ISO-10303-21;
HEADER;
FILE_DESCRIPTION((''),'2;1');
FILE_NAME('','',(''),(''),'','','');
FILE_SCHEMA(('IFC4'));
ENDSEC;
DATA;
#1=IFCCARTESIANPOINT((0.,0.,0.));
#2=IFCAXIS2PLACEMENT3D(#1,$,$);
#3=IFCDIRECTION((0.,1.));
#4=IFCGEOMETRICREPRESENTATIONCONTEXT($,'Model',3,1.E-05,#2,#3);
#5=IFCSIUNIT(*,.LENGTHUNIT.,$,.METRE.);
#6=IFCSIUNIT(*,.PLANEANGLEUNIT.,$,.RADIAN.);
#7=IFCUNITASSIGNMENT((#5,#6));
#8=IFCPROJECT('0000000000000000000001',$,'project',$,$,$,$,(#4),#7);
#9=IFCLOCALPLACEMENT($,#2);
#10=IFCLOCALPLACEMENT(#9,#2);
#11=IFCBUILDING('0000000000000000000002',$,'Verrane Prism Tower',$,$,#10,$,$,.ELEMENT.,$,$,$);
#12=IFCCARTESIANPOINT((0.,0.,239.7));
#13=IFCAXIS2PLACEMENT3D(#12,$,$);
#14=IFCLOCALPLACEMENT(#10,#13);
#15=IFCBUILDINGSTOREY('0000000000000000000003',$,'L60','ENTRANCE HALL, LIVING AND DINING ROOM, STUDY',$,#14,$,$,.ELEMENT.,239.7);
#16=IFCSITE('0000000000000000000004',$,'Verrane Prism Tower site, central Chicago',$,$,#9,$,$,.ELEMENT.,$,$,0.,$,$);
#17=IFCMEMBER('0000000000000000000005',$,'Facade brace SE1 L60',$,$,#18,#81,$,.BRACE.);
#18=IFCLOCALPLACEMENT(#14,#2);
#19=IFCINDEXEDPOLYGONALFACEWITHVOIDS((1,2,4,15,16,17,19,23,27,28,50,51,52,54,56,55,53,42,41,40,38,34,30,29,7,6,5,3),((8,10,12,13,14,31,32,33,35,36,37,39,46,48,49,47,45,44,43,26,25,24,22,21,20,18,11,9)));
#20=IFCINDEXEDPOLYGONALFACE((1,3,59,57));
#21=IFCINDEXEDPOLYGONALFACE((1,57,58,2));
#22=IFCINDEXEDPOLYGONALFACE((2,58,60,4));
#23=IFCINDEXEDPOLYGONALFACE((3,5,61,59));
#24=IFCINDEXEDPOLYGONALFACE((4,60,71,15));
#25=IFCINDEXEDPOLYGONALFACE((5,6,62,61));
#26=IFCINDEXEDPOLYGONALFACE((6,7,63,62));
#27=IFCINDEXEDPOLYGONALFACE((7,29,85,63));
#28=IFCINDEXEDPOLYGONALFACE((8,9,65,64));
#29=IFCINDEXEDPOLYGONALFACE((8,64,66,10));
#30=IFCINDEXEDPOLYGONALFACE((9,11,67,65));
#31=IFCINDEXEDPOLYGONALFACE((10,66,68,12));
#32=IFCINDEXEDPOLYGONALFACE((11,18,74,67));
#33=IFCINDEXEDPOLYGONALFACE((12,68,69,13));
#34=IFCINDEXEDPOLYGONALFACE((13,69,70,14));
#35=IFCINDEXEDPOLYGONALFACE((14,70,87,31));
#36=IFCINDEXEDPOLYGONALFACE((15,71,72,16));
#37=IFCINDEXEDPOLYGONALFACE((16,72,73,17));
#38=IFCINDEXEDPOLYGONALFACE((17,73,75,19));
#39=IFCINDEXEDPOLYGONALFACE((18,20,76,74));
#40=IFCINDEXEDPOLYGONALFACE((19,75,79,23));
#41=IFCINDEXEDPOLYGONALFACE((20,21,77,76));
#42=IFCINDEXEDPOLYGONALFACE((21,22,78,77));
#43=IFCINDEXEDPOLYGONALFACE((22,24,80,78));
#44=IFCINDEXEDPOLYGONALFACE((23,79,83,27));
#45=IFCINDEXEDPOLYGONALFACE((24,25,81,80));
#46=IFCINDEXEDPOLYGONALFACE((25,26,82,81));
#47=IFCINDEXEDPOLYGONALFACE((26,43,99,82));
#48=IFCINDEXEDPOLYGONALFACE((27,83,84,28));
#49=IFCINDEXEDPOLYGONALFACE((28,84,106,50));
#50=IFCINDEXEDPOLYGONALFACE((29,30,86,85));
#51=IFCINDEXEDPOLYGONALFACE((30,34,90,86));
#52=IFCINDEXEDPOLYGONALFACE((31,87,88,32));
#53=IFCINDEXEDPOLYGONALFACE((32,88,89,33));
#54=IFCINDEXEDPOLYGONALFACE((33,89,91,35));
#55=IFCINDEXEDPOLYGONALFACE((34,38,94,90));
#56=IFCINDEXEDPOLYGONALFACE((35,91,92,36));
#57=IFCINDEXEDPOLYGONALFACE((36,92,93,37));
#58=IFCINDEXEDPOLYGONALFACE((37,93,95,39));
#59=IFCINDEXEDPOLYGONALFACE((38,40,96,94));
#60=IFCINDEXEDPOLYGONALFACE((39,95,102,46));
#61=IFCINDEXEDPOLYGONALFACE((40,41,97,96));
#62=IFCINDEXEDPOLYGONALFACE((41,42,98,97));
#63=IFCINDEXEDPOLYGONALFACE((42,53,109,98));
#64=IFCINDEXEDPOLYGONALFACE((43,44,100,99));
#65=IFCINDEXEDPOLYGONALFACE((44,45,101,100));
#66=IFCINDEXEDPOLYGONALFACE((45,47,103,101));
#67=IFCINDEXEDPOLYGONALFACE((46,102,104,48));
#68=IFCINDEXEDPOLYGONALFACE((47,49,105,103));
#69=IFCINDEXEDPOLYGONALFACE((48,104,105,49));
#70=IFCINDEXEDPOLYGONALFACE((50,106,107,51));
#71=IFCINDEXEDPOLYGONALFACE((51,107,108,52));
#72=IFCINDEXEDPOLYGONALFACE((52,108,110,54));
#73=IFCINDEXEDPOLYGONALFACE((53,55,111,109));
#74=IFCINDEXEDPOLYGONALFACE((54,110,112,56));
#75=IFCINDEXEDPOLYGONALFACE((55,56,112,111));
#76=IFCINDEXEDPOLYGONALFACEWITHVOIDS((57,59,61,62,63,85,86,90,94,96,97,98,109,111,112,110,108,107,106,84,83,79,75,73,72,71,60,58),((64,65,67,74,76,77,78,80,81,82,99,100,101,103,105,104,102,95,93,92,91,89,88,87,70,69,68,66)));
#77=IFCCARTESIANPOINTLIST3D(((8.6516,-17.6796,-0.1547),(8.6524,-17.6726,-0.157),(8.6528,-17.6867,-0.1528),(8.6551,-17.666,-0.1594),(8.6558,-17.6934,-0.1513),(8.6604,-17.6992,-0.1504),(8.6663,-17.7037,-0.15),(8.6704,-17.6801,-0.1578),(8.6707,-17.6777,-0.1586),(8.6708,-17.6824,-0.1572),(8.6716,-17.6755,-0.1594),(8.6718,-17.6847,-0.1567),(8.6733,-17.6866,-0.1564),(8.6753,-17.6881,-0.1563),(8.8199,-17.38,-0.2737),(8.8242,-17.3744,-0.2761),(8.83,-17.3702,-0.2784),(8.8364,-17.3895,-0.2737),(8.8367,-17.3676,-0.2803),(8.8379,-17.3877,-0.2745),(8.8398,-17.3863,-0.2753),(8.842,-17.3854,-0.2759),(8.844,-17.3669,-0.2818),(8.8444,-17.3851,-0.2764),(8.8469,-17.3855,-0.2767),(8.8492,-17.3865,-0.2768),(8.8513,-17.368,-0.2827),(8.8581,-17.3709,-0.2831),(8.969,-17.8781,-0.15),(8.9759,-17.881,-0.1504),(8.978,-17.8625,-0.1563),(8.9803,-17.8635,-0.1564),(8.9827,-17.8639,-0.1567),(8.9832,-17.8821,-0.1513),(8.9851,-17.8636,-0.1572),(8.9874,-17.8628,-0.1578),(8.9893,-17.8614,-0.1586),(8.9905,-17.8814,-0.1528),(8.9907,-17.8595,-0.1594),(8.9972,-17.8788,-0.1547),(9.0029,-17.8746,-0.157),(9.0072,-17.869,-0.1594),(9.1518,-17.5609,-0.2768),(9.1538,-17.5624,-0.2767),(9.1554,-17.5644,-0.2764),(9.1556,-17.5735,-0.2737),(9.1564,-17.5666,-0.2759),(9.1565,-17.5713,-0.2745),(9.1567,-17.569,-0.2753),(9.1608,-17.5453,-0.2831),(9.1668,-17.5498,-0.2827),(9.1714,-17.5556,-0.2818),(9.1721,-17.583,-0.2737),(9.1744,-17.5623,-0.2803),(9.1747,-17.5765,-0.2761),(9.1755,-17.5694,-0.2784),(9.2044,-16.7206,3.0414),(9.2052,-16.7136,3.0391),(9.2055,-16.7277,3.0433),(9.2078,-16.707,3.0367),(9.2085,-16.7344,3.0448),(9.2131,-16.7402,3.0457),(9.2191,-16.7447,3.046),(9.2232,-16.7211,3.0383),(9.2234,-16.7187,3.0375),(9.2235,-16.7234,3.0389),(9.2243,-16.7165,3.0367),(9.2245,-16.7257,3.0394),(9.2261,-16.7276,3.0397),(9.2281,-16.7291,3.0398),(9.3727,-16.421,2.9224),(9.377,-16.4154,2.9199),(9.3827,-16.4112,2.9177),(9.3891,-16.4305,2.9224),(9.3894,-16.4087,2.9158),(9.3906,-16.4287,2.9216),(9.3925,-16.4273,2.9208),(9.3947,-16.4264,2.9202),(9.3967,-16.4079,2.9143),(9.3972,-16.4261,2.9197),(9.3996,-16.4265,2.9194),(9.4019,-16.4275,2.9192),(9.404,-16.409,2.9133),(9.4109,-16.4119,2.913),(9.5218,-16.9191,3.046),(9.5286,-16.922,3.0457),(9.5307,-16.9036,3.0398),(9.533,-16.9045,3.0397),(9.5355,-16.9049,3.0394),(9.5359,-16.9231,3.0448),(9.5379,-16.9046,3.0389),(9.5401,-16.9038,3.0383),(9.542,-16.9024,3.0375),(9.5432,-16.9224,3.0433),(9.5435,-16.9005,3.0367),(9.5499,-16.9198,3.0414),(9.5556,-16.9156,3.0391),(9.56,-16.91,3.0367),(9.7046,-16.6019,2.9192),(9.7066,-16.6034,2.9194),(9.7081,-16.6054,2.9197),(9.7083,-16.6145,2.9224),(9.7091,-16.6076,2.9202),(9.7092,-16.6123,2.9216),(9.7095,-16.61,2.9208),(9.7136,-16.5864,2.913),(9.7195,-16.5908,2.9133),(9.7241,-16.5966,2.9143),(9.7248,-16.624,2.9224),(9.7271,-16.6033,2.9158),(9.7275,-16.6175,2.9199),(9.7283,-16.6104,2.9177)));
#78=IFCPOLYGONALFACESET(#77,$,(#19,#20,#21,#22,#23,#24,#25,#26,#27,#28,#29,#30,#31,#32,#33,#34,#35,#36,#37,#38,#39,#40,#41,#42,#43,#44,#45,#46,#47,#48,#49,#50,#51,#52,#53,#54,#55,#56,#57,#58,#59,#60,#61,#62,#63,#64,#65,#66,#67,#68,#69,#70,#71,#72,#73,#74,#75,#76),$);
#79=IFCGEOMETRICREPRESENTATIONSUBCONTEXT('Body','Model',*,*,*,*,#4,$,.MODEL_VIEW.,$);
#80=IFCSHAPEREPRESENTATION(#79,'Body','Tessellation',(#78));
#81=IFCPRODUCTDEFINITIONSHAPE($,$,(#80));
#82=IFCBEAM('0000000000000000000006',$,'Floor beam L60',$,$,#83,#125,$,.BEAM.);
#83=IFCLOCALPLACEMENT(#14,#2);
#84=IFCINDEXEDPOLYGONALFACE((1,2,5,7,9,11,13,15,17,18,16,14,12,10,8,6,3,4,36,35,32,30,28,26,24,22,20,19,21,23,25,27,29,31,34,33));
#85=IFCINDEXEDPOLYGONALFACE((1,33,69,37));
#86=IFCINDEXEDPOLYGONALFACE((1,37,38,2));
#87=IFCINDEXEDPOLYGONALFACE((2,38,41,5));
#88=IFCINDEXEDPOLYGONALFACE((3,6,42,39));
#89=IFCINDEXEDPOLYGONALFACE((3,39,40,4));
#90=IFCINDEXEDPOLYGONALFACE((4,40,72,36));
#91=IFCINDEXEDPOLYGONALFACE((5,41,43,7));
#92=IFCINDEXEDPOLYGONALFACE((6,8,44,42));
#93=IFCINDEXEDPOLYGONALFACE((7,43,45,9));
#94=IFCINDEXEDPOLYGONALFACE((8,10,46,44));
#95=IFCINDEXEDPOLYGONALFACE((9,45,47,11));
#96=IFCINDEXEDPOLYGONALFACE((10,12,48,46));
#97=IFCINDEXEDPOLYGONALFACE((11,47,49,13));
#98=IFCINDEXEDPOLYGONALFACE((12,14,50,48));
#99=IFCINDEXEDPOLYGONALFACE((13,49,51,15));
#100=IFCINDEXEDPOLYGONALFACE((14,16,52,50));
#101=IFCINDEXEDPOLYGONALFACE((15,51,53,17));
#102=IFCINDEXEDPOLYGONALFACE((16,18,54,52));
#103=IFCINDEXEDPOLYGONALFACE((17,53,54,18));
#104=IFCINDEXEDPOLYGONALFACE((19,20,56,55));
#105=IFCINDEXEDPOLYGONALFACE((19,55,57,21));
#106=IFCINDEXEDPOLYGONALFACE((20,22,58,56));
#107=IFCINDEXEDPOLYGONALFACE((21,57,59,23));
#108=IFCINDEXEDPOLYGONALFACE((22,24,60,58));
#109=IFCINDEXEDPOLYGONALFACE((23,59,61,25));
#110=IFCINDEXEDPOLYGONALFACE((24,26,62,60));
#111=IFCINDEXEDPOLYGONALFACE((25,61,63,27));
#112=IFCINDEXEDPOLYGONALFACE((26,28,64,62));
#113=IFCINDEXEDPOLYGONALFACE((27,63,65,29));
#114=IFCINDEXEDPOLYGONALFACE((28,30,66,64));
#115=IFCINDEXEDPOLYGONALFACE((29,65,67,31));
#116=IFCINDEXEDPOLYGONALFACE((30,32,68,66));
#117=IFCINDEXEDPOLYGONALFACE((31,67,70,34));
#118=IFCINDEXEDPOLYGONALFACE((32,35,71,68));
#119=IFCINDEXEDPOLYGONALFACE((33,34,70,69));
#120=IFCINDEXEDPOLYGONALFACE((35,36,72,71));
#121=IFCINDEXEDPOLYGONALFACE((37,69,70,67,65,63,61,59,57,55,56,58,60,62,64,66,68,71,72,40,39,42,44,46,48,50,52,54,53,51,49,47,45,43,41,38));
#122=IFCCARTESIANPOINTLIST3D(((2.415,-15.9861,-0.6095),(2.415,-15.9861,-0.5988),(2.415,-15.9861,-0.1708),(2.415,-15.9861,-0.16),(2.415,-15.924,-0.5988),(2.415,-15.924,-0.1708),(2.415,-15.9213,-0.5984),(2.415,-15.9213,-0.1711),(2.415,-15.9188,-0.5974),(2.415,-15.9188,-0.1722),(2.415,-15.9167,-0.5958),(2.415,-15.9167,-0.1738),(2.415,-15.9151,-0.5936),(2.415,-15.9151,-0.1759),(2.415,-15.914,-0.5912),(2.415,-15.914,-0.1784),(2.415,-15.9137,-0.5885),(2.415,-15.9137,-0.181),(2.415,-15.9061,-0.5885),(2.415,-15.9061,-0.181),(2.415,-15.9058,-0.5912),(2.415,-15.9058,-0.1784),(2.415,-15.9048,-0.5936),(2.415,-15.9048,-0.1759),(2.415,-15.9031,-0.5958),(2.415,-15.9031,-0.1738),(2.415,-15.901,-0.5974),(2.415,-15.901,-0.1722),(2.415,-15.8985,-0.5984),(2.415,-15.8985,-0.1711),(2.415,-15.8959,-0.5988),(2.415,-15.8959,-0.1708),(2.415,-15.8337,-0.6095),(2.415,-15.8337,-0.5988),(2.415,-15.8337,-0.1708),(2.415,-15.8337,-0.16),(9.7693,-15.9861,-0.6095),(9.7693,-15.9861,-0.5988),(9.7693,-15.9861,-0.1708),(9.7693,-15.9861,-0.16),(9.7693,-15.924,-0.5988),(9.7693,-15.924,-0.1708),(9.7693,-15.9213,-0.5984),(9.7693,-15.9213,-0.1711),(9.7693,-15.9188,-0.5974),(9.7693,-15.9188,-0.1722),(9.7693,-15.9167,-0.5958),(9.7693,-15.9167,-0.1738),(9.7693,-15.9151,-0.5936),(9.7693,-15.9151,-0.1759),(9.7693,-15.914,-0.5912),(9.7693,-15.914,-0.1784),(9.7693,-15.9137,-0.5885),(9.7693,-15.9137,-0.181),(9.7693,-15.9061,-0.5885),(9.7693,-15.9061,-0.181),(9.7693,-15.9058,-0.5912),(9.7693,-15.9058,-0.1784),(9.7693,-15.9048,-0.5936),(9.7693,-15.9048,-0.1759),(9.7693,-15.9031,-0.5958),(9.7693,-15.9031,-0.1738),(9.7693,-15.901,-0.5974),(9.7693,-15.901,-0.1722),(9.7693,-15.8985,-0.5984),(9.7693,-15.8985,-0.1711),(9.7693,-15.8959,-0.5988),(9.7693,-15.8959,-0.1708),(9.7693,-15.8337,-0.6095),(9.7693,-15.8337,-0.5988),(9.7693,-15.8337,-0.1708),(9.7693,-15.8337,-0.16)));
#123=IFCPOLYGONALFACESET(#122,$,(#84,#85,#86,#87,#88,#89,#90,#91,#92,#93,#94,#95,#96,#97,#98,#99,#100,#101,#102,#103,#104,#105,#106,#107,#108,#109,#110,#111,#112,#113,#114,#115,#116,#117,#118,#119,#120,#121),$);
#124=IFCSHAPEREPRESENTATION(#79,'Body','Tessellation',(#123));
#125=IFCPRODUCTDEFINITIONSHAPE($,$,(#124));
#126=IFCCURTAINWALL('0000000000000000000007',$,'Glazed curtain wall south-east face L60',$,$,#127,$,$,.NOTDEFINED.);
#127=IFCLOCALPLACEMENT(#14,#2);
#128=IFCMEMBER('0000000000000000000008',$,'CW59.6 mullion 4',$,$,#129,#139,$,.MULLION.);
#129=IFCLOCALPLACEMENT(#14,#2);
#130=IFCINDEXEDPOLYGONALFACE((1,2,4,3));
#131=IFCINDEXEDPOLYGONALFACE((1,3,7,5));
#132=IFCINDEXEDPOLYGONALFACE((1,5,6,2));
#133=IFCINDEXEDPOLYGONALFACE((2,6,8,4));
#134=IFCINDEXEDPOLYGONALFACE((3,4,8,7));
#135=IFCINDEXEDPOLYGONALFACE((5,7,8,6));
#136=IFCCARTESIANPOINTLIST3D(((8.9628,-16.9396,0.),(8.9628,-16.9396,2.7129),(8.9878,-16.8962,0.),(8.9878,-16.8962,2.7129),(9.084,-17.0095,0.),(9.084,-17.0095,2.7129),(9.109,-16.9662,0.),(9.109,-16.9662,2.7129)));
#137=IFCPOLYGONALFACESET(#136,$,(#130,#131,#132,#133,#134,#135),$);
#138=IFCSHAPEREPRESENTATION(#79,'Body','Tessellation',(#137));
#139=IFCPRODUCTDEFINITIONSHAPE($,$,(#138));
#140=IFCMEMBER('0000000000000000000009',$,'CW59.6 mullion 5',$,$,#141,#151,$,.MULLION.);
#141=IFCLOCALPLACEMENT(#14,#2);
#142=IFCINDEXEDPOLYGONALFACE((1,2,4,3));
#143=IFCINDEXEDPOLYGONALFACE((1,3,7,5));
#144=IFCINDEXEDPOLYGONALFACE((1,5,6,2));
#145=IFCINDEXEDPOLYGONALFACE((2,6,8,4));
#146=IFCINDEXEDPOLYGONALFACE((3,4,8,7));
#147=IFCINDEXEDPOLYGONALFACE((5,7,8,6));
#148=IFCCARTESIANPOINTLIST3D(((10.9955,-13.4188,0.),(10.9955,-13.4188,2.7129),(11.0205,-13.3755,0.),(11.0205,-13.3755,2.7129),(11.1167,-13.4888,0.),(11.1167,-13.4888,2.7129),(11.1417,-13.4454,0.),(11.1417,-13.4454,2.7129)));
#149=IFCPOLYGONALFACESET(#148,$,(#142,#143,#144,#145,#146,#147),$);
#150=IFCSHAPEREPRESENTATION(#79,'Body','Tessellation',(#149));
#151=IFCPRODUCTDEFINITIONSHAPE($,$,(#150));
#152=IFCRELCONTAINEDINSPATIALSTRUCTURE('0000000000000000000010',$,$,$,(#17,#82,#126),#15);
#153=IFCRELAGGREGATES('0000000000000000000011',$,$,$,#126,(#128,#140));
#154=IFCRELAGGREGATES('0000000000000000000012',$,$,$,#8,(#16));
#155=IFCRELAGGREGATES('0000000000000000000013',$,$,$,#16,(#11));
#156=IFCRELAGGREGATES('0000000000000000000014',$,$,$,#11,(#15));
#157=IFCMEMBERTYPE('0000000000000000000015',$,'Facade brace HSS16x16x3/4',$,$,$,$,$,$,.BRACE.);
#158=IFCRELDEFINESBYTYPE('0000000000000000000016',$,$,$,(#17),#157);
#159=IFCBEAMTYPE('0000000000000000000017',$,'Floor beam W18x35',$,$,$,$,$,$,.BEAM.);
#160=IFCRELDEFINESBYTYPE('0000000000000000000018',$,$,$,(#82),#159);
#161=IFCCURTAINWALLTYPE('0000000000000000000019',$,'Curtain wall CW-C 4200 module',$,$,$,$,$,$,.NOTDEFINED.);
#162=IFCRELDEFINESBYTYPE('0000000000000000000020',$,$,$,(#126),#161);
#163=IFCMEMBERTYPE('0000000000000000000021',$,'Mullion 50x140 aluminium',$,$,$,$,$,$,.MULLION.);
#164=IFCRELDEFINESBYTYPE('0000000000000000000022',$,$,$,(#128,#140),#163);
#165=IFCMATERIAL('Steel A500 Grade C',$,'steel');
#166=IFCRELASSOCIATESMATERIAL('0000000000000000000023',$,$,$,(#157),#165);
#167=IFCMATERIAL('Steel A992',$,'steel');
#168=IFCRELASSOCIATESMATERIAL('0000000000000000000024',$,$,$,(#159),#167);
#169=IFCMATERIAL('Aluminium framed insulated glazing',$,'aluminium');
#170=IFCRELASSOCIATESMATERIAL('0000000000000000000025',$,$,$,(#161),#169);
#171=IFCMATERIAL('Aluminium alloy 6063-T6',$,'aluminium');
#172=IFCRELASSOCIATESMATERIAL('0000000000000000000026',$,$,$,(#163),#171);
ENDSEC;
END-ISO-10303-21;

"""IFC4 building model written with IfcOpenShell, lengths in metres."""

from ifc_helpers import new_model, si_unit, direction, frame, origin, origin_2d, place, context, subcontext, project, spatial, rectangle, hollow_rectangle, i_section, extrude, material, material_profile, profile_set, type_object, element, aggregate, save


model = new_model("IFC4")

# Units and contexts
model_context = context("Model", 3, precision=1e-05, world=origin(), true_north=direction((0.0, 1.0)))
body_context = subcontext(model_context, "Body", "Model", "MODEL_VIEW")
ifc_project = project(units=[si_unit("LENGTHUNIT", "METRE"), si_unit("PLANEANGLEUNIT", "RADIAN")], contexts=[model_context])

# Site, building, storey
site_placement = place(None, origin())
site = spatial("IfcSite", under=ifc_project, at=site_placement, Name="Verrane Prism Tower site, central Chicago", CompositionType="ELEMENT", RefElevation=0.0)
building_placement = place(site_placement, origin())
building = spatial("IfcBuilding", under=site, at=building_placement, Name="Verrane Prism Tower", CompositionType="ELEMENT")
storey_placement = place(building_placement, frame((0.0, 0.0, 239.7)))
storey = spatial("IfcBuildingStorey", under=building, at=storey_placement, Name="L60", Description="ENTRANCE HALL, LIVING AND DINING ROOM, STUDY", CompositionType="ELEMENT", Elevation=239.7)

# Member
ifc_material_1 = material(Name="Steel A500 Grade C", Category="steel")
ifc_material_profile_1 = material_profile(ifc_material_1, hollow_rectangle(XDim=0.4065, YDim=0.4065, WallThickness=0.019, InnerFilletRadius=0.0095, OuterFilletRadius=0.0286, at=origin_2d()), Name="HSS16x16x3/4")
ifc_profile_set_1 = profile_set([ifc_material_profile_1], Name="Steel A500 Grade C")
member_type_1 = type_object("IfcMemberType", Name="Facade brace HSS16x16x3/4", PredefinedType="BRACE", material=ifc_profile_set_1)
member_1_placement = place(storey_placement, frame((8.9136, -17.6245, -0.2166), z_axis=(0.16342, 0.283531, 0.944936), x_axis=(-0.866391, 0.499366, 0.0)))
element("IfcMember", 1, at=member_1_placement, inside=storey, type_object=member_type_1, Name="Facade brace SE1 L60", PredefinedType="BRACE", context=body_context, shape_type="SweptSolid", body=[
    extrude(hollow_rectangle(XDim=0.4065, YDim=0.4065, WallThickness=0.019, InnerFilletRadius=0.0095, OuterFilletRadius=0.0286, at=origin_2d()), origin(), (0.0, 0.0, 1.0), 3.3823),
])

# Beam
ifc_material_2 = material(Name="Steel A992", Category="steel")
ifc_material_profile_2 = material_profile(ifc_material_2, i_section(OverallWidth=0.1523, OverallDepth=0.4495, WebThickness=0.0076, FlangeThickness=0.0107, FilletRadius=0.0103, at=origin_2d()), Name="W18x35")
ifc_profile_set_2 = profile_set([ifc_material_profile_2], Name="Steel A992")
beam_type_1 = type_object("IfcBeamType", Name="Floor beam W18x35", PredefinedType="BEAM", material=ifc_profile_set_2)
beam_1_placement = place(storey_placement, frame((2.415, -15.9099, -0.3848), z_axis=(1.0, 0.0, 0.0), x_axis=(0.0, 1.0, 0.0)))
element("IfcBeam", 2, at=beam_1_placement, inside=storey, type_object=beam_type_1, Name="Floor beam L60", PredefinedType="BEAM", context=body_context, shape_type="SweptSolid", body=[
    extrude(i_section(OverallWidth=0.1523, OverallDepth=0.4495, WebThickness=0.0076, FlangeThickness=0.0107, FilletRadius=0.0103, at=origin_2d()), origin(), (0.0, 0.0, 1.0), 7.3542),
])

# Curtain wall, members
ifc_material_3 = material(Name="Aluminium framed insulated glazing", Category="aluminium")
curtain_wall_type = type_object("IfcCurtainWallType", Name="Curtain wall CW-C 4200 module", PredefinedType="NOTDEFINED", material=ifc_material_3)
curtain_wall_placement = place(storey_placement, origin())
curtain_wall = element("IfcCurtainWall", 3, at=curtain_wall_placement, inside=storey, type_object=curtain_wall_type, Name="Glazed curtain wall south-east face L60", PredefinedType="NOTDEFINED")
ifc_material_4 = material(Name="Aluminium alloy 6063-T6", Category="aluminium")
ifc_material_profile_3 = material_profile(ifc_material_4, rectangle(XDim=0.1399, YDim=0.05, at=origin_2d()), Name="Mullion 50x140 aluminium")
ifc_profile_set_3 = profile_set([ifc_material_profile_3], Name="Aluminium alloy 6063-T6")
member_type_2 = type_object("IfcMemberType", Name="Mullion 50x140 aluminium", PredefinedType="MULLION", material=ifc_profile_set_3)
member_2_placement = place(storey_placement, frame((9.0359, -16.9529, 0.0), z_axis=(0.0, 0.0, 1.0), x_axis=(-0.866026, 0.499999, 0.0)))
member_2 = element("IfcMember", 4, at=member_2_placement, type_object=member_type_2, Name="CW59.6 mullion 4", PredefinedType="MULLION", context=body_context, shape_type="SweptSolid", body=[
    extrude(rectangle(XDim=0.1399, YDim=0.05, at=origin_2d()), origin(), (0.0, 0.0, 1.0), 2.7129),
])
member_3_placement = place(storey_placement, frame((11.0686, -13.4321, 0.0), z_axis=(0.0, 0.0, 1.0), x_axis=(-0.866026, 0.499999, 0.0)))
member_3 = element("IfcMember", 5, at=member_3_placement, type_object=member_type_2, Name="CW59.6 mullion 5", PredefinedType="MULLION", context=body_context, shape_type="SweptSolid", body=[
    extrude(rectangle(XDim=0.1399, YDim=0.05, at=origin_2d()), origin(), (0.0, 0.0, 1.0), 2.7129),
])

aggregate(curtain_wall, [member_2, member_3])

save(model, "model.ifc")
